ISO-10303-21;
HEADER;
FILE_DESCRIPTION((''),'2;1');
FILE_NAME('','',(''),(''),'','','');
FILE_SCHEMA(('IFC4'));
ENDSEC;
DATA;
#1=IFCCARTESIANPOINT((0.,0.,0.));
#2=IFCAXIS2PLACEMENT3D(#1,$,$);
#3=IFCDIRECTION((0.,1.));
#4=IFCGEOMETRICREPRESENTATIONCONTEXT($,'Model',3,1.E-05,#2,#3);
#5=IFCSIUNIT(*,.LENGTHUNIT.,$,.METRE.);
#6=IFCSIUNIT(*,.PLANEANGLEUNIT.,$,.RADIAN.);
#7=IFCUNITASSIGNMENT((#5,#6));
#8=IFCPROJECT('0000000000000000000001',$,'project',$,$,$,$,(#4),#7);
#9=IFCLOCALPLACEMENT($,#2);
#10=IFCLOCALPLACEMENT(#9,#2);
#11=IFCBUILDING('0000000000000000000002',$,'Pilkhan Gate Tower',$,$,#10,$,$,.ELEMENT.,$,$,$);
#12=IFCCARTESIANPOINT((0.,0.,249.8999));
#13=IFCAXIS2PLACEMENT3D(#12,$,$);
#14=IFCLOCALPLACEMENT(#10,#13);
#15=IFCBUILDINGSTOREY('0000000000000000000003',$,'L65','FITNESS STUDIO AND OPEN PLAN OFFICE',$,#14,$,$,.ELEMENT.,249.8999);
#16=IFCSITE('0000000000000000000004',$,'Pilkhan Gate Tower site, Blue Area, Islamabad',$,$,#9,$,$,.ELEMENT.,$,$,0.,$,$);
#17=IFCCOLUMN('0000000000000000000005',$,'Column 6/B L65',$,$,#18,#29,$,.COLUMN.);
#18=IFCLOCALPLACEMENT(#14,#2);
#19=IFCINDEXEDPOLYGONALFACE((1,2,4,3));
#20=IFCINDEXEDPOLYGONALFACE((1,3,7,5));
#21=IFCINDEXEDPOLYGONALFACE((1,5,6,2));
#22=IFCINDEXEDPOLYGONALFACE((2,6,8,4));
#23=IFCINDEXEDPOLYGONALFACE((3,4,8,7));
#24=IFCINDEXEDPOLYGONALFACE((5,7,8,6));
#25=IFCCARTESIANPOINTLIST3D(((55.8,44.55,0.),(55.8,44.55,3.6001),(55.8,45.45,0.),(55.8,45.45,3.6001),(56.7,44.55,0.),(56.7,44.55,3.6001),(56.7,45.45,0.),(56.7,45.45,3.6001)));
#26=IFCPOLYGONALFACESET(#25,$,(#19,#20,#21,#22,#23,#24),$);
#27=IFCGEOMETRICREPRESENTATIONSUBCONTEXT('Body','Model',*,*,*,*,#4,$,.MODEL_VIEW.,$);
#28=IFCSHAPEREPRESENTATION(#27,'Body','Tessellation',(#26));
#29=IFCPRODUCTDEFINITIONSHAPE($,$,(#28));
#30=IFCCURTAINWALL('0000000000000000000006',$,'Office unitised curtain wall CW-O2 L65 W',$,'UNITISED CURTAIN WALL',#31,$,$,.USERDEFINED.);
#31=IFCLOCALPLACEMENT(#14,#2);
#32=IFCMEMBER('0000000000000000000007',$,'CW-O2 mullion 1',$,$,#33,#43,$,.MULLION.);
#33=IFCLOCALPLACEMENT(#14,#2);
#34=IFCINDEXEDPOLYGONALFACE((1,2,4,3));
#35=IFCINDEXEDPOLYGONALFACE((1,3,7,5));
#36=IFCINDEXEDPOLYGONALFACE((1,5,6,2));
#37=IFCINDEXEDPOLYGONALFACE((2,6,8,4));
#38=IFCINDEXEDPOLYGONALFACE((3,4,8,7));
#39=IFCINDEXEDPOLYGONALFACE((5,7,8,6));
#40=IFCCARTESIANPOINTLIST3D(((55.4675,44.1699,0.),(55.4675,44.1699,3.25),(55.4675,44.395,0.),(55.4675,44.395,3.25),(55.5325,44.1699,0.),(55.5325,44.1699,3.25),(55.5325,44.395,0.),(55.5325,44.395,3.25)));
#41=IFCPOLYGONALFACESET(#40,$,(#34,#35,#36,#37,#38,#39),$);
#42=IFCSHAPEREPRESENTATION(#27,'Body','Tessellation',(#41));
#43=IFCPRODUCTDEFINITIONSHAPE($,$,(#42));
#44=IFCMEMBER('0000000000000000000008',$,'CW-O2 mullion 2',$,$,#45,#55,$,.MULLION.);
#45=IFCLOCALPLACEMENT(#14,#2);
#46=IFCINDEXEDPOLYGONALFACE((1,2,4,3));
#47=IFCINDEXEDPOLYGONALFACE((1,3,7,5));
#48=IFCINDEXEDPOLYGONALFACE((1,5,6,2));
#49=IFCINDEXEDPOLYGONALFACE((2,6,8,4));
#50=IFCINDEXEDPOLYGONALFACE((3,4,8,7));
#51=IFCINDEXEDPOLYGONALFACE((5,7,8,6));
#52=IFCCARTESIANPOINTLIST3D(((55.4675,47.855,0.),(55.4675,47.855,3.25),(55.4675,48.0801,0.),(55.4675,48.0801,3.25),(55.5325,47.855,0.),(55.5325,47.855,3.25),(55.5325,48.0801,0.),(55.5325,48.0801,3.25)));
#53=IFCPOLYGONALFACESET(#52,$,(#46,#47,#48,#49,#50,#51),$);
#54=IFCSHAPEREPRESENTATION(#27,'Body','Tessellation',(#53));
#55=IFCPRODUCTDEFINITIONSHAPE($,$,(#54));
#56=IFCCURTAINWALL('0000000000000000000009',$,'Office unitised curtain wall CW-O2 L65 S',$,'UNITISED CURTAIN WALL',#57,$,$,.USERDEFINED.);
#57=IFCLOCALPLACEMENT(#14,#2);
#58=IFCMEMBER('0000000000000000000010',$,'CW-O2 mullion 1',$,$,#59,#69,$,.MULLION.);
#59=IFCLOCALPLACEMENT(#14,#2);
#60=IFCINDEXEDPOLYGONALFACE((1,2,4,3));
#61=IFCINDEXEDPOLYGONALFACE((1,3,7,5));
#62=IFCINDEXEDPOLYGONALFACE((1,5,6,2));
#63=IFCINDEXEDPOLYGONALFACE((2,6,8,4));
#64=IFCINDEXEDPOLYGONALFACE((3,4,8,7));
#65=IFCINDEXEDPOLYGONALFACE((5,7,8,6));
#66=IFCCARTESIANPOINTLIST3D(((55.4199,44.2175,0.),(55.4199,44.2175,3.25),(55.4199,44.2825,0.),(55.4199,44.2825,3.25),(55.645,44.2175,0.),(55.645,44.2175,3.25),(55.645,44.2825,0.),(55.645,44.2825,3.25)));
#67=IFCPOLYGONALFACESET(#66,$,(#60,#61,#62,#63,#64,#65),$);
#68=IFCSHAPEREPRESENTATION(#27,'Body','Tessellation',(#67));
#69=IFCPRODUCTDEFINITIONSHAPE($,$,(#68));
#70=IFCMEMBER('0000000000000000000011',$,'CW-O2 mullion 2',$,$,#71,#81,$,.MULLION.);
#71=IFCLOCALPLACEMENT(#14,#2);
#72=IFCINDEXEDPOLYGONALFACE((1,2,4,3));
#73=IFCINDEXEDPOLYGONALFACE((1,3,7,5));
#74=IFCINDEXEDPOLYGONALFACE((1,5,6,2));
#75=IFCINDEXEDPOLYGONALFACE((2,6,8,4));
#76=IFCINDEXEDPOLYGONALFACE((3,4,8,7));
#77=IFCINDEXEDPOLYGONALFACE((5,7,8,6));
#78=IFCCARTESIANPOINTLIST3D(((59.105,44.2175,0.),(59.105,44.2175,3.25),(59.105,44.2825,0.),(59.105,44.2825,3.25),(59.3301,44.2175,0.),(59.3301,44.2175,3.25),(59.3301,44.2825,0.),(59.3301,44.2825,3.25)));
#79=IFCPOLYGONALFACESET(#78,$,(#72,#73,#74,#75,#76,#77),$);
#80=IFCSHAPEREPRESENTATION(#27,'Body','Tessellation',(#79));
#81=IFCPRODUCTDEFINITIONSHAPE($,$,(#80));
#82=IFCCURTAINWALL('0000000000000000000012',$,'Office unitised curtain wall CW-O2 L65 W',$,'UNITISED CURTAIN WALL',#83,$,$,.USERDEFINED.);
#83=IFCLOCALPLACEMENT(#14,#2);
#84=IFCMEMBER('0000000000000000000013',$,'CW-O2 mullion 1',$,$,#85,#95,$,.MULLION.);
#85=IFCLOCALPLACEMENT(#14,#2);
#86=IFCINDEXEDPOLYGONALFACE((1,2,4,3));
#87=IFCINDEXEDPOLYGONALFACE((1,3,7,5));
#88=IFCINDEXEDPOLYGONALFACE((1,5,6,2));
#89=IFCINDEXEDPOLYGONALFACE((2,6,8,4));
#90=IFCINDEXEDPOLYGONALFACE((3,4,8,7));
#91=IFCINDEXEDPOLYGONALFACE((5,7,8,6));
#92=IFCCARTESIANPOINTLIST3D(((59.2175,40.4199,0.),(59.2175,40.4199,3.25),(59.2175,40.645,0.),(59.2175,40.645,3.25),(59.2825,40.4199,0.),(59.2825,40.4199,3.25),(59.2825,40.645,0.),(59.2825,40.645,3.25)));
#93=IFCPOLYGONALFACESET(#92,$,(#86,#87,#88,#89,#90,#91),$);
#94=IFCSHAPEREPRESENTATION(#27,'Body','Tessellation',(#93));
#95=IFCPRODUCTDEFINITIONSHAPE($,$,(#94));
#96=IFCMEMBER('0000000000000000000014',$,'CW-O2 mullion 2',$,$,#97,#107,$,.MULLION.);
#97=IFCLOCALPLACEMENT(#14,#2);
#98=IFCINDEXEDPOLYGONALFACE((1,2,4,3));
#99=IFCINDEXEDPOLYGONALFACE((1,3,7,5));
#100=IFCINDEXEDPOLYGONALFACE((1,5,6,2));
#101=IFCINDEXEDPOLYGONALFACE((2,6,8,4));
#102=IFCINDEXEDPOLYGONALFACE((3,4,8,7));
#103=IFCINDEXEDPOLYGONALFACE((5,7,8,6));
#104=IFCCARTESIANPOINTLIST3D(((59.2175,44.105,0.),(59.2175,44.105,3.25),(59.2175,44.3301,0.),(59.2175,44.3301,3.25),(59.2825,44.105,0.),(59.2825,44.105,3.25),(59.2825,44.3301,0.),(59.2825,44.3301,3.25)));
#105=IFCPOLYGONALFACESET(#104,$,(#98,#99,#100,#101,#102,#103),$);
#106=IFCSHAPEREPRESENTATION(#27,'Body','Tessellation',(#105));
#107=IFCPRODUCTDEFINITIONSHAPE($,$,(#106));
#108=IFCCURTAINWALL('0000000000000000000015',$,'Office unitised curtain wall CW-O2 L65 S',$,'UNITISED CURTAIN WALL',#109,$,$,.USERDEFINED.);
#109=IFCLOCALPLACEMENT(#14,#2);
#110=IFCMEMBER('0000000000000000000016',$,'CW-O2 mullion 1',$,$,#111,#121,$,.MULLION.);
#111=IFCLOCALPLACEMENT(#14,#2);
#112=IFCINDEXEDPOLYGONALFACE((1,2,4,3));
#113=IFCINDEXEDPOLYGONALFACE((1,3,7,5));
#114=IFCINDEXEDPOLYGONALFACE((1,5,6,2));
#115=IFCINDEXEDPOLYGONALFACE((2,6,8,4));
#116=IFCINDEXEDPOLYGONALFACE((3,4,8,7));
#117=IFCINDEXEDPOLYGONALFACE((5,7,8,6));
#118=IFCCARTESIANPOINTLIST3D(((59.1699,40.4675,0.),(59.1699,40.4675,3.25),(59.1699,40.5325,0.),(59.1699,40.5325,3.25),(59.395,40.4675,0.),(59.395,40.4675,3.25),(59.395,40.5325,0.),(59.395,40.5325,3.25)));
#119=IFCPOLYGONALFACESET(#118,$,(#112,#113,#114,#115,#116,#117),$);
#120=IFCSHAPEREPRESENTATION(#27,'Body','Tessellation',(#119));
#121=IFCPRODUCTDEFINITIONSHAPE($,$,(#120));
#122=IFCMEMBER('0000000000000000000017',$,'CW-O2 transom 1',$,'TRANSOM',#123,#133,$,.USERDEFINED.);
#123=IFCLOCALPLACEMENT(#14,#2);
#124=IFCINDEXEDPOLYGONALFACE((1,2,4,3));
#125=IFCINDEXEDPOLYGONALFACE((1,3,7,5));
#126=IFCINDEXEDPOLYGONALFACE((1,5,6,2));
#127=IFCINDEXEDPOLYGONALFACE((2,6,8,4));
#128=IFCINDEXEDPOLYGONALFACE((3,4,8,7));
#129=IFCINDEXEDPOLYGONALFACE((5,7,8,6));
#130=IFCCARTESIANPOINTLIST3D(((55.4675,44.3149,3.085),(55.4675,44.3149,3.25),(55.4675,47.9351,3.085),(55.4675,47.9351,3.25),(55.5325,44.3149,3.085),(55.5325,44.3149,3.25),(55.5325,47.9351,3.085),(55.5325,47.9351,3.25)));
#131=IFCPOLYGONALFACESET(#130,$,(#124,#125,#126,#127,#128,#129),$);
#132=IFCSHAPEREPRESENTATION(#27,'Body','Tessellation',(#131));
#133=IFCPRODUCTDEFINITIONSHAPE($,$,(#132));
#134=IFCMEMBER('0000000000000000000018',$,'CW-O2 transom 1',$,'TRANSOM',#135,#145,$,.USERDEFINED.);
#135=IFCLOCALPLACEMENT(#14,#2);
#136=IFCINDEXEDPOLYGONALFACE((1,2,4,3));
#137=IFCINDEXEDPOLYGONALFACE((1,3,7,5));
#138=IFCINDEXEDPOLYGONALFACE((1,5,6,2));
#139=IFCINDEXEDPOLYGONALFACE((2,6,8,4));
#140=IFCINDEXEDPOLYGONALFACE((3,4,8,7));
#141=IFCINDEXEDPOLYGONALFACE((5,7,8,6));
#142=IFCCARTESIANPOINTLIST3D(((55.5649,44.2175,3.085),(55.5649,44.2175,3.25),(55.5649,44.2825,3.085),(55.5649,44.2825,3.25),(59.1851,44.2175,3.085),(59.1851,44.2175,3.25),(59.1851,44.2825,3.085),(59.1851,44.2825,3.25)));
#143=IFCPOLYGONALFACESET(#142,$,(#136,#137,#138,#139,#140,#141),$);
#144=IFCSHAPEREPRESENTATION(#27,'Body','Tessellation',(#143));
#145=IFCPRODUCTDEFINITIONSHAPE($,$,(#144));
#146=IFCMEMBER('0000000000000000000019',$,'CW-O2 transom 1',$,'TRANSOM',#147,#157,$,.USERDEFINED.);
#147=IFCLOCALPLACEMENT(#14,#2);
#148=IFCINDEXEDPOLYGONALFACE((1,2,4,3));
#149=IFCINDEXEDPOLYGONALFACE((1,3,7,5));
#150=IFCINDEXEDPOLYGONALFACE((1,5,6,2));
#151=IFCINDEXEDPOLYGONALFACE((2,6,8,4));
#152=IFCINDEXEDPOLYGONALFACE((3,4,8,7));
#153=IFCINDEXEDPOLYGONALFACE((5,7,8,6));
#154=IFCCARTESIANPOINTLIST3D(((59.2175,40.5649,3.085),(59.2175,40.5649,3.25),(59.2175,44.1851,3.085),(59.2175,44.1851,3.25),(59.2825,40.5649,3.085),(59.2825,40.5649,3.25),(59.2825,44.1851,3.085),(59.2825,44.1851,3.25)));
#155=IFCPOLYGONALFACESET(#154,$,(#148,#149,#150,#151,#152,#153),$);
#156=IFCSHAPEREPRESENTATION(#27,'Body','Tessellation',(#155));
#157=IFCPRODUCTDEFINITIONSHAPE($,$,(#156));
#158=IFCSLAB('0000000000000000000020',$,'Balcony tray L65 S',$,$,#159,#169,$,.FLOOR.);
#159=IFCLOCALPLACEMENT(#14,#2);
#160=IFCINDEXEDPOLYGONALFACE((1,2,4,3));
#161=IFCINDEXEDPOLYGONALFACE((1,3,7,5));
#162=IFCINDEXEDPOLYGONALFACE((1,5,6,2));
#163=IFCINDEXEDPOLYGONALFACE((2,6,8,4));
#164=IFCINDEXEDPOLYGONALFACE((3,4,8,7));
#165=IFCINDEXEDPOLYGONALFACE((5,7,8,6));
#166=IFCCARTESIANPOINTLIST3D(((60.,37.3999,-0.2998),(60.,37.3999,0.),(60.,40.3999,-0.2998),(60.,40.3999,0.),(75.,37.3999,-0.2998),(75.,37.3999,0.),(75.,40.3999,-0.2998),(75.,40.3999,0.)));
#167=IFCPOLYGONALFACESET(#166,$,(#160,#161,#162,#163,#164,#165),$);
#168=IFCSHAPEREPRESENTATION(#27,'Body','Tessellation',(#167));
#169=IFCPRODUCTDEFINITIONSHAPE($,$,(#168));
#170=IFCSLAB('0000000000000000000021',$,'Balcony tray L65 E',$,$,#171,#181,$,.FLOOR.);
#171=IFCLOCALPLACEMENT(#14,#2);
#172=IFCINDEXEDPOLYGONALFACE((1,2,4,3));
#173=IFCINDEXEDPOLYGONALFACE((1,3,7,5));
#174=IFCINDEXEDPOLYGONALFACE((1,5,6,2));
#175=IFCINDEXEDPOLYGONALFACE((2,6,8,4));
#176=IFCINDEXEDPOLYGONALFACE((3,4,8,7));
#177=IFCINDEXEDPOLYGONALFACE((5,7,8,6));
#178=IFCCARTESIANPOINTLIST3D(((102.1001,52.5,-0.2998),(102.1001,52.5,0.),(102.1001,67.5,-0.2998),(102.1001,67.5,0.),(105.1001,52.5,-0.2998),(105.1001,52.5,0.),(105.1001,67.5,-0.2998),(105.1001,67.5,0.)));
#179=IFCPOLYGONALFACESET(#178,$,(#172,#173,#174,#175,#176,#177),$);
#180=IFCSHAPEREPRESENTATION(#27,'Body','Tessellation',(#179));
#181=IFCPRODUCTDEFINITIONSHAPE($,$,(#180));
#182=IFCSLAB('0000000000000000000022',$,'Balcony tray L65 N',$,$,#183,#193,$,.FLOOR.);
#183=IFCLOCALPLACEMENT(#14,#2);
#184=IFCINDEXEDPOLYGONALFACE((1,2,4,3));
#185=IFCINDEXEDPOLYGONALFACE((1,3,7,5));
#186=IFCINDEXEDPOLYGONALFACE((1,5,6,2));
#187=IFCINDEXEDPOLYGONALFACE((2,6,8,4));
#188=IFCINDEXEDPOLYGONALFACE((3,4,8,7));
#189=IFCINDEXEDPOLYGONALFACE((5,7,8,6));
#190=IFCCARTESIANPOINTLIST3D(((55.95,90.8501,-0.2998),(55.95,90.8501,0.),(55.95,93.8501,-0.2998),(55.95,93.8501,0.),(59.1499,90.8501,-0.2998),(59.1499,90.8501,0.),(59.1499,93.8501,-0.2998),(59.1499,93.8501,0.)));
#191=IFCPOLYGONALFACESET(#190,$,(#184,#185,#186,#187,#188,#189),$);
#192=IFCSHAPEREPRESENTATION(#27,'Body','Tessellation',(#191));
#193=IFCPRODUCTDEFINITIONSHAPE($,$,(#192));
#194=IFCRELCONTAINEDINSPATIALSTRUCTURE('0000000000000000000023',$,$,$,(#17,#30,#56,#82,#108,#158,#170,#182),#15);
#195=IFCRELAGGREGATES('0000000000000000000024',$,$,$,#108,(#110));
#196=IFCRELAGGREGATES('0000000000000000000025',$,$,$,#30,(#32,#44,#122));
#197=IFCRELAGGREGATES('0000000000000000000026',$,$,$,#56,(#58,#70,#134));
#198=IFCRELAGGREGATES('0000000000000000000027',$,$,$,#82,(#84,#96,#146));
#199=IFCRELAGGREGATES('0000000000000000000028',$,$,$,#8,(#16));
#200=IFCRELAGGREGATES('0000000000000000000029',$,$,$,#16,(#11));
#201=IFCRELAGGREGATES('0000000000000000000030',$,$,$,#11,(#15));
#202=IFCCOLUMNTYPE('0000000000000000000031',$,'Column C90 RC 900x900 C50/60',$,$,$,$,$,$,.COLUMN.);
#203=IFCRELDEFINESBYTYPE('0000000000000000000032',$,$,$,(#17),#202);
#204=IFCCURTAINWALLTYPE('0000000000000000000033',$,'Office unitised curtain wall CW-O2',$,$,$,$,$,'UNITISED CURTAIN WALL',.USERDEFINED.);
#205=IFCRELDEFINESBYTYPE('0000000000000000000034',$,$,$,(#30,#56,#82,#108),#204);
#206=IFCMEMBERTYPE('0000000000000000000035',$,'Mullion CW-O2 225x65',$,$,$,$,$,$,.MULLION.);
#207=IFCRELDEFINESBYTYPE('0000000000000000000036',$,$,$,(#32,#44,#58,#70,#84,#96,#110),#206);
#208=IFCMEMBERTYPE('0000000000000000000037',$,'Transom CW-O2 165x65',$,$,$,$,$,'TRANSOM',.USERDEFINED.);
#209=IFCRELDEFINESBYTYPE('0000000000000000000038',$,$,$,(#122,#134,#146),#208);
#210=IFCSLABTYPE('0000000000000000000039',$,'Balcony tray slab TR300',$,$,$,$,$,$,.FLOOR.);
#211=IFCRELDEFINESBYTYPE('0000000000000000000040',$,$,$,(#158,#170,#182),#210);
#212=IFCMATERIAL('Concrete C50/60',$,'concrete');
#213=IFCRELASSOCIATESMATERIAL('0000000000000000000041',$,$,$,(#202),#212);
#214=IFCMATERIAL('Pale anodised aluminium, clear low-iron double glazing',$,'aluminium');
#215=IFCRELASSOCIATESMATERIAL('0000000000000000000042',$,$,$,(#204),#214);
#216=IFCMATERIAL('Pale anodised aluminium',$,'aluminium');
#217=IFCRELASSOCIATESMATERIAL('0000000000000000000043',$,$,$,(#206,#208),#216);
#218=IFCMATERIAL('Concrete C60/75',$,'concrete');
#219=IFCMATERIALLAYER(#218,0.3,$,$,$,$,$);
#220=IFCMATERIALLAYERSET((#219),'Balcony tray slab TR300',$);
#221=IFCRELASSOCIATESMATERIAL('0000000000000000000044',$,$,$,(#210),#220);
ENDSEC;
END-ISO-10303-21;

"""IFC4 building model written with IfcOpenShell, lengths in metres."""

from ifc_helpers import new_model, si_unit, direction, frame, origin, origin_2d, place, context, subcontext, project, spatial, polyline, rectangle, outline, extrude, material, layer, layer_set, material_profile, profile_set, type_object, element, aggregate, save


model = new_model("IFC4")

# Units and contexts
model_context = context("Model", 3, precision=1e-05, world=origin(), true_north=direction((0.0, 1.0)))
body_context = subcontext(model_context, "Body", "Model", "MODEL_VIEW")
ifc_project = project(units=[si_unit("LENGTHUNIT", "METRE"), si_unit("PLANEANGLEUNIT", "RADIAN")], contexts=[model_context])

# Site, building, storey
site_placement = place(None, origin())
site = spatial("IfcSite", under=ifc_project, at=site_placement, Name="Pilkhan Gate Tower site, Blue Area, Islamabad", CompositionType="ELEMENT", RefElevation=0.0)
building_placement = place(site_placement, origin())
building = spatial("IfcBuilding", under=site, at=building_placement, Name="Pilkhan Gate Tower", CompositionType="ELEMENT")
storey_placement = place(building_placement, frame((0.0, 0.0, 249.8999)))
storey = spatial("IfcBuildingStorey", under=building, at=storey_placement, Name="L65", Description="FITNESS STUDIO AND OPEN PLAN OFFICE", CompositionType="ELEMENT", Elevation=249.8999)

# Column
ifc_material_1 = material(Name="Concrete C50/60", Category="concrete")
ifc_material_profile_1 = material_profile(ifc_material_1, rectangle(XDim=0.8999, YDim=0.8999, at=origin_2d()), Name="RC 900x900")
ifc_profile_set_1 = profile_set([ifc_material_profile_1], Name="Concrete C50/60")
column_type = type_object("IfcColumnType", Name="Column C90 RC 900x900 C50/60", PredefinedType="COLUMN", material=ifc_profile_set_1)
column_placement = place(storey_placement, frame((56.25, 45.0, 0.0), z_axis=(0.0, 0.0, 1.0), x_axis=(1.0, 0.0, 0.0)))
element("IfcColumn", 1, at=column_placement, inside=storey, type_object=column_type, Name="Column 6/B L65", PredefinedType="COLUMN", context=body_context, shape_type="SweptSolid", body=[
    extrude(rectangle(XDim=0.8999, YDim=0.8999, at=origin_2d()), origin(), (0.0, 0.0, 1.0), 3.6001),
])

# Curtain walls, members
ifc_material_2 = material(Name="Pale anodised aluminium, clear low-iron double glazing", Category="aluminium")
curtain_wall_type = type_object("IfcCurtainWallType", Name="Office unitised curtain wall CW-O2", ElementType="UNITISED CURTAIN WALL", PredefinedType="USERDEFINED", material=ifc_material_2)
curtain_wall_1_placement = place(storey_placement, origin())
curtain_wall_1 = element("IfcCurtainWall", 2, at=curtain_wall_1_placement, inside=storey, type_object=curtain_wall_type, Name="Office unitised curtain wall CW-O2 L65 W", ObjectType="UNITISED CURTAIN WALL", PredefinedType="USERDEFINED")
ifc_material_3 = material(Name="Pale anodised aluminium", Category="aluminium")
ifc_material_profile_2 = material_profile(ifc_material_3, rectangle(XDim=0.0649, YDim=0.2251, at=origin_2d()), Name="Mullion 225x65")
ifc_profile_set_2 = profile_set([ifc_material_profile_2], Name="Pale anodised aluminium")
member_type_1 = type_object("IfcMemberType", Name="Mullion CW-O2 225x65", PredefinedType="MULLION", material=ifc_profile_set_2)
member_1_placement = place(storey_placement, frame((55.5, 44.2825, 0.0), z_axis=(0.0, 0.0, 1.0), x_axis=(-1.0, 0.0, 0.0)))
member_1 = element("IfcMember", 3, at=member_1_placement, type_object=member_type_1, Name="CW-O2 mullion 1", PredefinedType="MULLION", context=body_context, shape_type="SweptSolid", body=[
    extrude(rectangle(XDim=0.0649, YDim=0.2251, at=origin_2d()), origin(), (0.0, 0.0, 1.0), 3.25),
])
member_2_placement = place(storey_placement, frame((55.5, 47.9675, 0.0), z_axis=(0.0, 0.0, 1.0), x_axis=(-1.0, 0.0, 0.0)))
member_2 = element("IfcMember", 4, at=member_2_placement, type_object=member_type_1, Name="CW-O2 mullion 2", PredefinedType="MULLION", context=body_context, shape_type="SweptSolid", body=[
    extrude(rectangle(XDim=0.0649, YDim=0.2251, at=origin_2d()), origin(), (0.0, 0.0, 1.0), 3.25),
])
curtain_wall_2_placement = place(storey_placement, origin())
curtain_wall_2 = element("IfcCurtainWall", 5, at=curtain_wall_2_placement, inside=storey, type_object=curtain_wall_type, Name="Office unitised curtain wall CW-O2 L65 S", ObjectType="UNITISED CURTAIN WALL", PredefinedType="USERDEFINED")
member_3_placement = place(storey_placement, frame((55.5325, 44.25, 0.0), z_axis=(0.0, 0.0, 1.0), x_axis=(0.0, 1.0, 0.0)))
member_3 = element("IfcMember", 6, at=member_3_placement, type_object=member_type_1, Name="CW-O2 mullion 1", PredefinedType="MULLION", context=body_context, shape_type="SweptSolid", body=[
    extrude(rectangle(XDim=0.0649, YDim=0.2251, at=origin_2d()), origin(), (0.0, 0.0, 1.0), 3.25),
])
member_4_placement = place(storey_placement, frame((59.2175, 44.25, 0.0), z_axis=(0.0, 0.0, 1.0), x_axis=(0.0, 1.0, 0.0)))
member_4 = element("IfcMember", 7, at=member_4_placement, type_object=member_type_1, Name="CW-O2 mullion 2", PredefinedType="MULLION", context=body_context, shape_type="SweptSolid", body=[
    extrude(rectangle(XDim=0.0649, YDim=0.2251, at=origin_2d()), origin(), (0.0, 0.0, 1.0), 3.25),
])
curtain_wall_3_placement = place(storey_placement, origin())
curtain_wall_3 = element("IfcCurtainWall", 8, at=curtain_wall_3_placement, inside=storey, type_object=curtain_wall_type, Name="Office unitised curtain wall CW-O2 L65 W", ObjectType="UNITISED CURTAIN WALL", PredefinedType="USERDEFINED")
member_5_placement = place(storey_placement, frame((59.25, 40.5325, 0.0), z_axis=(0.0, 0.0, 1.0), x_axis=(-1.0, 0.0, 0.0)))
member_5 = element("IfcMember", 9, at=member_5_placement, type_object=member_type_1, Name="CW-O2 mullion 1", PredefinedType="MULLION", context=body_context, shape_type="SweptSolid", body=[
    extrude(rectangle(XDim=0.0649, YDim=0.2251, at=origin_2d()), origin(), (0.0, 0.0, 1.0), 3.25),
])
member_6_placement = place(storey_placement, frame((59.25, 44.2175, 0.0), z_axis=(0.0, 0.0, 1.0), x_axis=(-1.0, 0.0, 0.0)))
member_6 = element("IfcMember", 10, at=member_6_placement, type_object=member_type_1, Name="CW-O2 mullion 2", PredefinedType="MULLION", context=body_context, shape_type="SweptSolid", body=[
    extrude(rectangle(XDim=0.0649, YDim=0.2251, at=origin_2d()), origin(), (0.0, 0.0, 1.0), 3.25),
])

# Curtain wall, member
curtain_wall_4_placement = place(storey_placement, origin())
curtain_wall_4 = element("IfcCurtainWall", 11, at=curtain_wall_4_placement, inside=storey, type_object=curtain_wall_type, Name="Office unitised curtain wall CW-O2 L65 S", ObjectType="UNITISED CURTAIN WALL", PredefinedType="USERDEFINED")
member_7_placement = place(storey_placement, frame((59.2825, 40.5, 0.0), z_axis=(0.0, 0.0, 1.0), x_axis=(0.0, 1.0, 0.0)))
member_7 = element("IfcMember", 12, at=member_7_placement, type_object=member_type_1, Name="CW-O2 mullion 1", PredefinedType="MULLION", context=body_context, shape_type="SweptSolid", body=[
    extrude(rectangle(XDim=0.0649, YDim=0.2251, at=origin_2d()), origin(), (0.0, 0.0, 1.0), 3.25),
])
aggregate(curtain_wall_4, [member_7])

# Members
ifc_material_profile_3 = material_profile(ifc_material_3, rectangle(XDim=0.0649, YDim=0.165, at=origin_2d()), Name="Transom 165x65")
ifc_profile_set_3 = profile_set([ifc_material_profile_3], Name="Pale anodised aluminium")
member_type_2 = type_object("IfcMemberType", Name="Transom CW-O2 165x65", ElementType="TRANSOM", PredefinedType="USERDEFINED", material=ifc_profile_set_3)
member_8_placement = place(storey_placement, frame((55.5, 44.3149, 3.1675), z_axis=(0.0, 1.0, 0.0), x_axis=(-1.0, 0.0, 0.0)))
member_8 = element("IfcMember", 13, at=member_8_placement, type_object=member_type_2, Name="CW-O2 transom 1", ObjectType="TRANSOM", PredefinedType="USERDEFINED", context=body_context, shape_type="SweptSolid", body=[
    extrude(rectangle(XDim=0.0649, YDim=0.165, at=origin_2d()), origin(), (0.0, 0.0, 1.0), 3.6201),
])
member_9_placement = place(storey_placement, frame((55.5649, 44.25, 3.1675), z_axis=(1.0, 0.0, 0.0), x_axis=(0.0, 1.0, 0.0)))
member_9 = element("IfcMember", 14, at=member_9_placement, type_object=member_type_2, Name="CW-O2 transom 1", ObjectType="TRANSOM", PredefinedType="USERDEFINED", context=body_context, shape_type="SweptSolid", body=[
    extrude(rectangle(XDim=0.0649, YDim=0.165, at=origin_2d()), origin(), (0.0, 0.0, 1.0), 3.6201),
])
member_10_placement = place(storey_placement, frame((59.25, 40.5649, 3.1675), z_axis=(0.0, 1.0, 0.0), x_axis=(-1.0, 0.0, 0.0)))
member_10 = element("IfcMember", 15, at=member_10_placement, type_object=member_type_2, Name="CW-O2 transom 1", ObjectType="TRANSOM", PredefinedType="USERDEFINED", context=body_context, shape_type="SweptSolid", body=[
    extrude(rectangle(XDim=0.0649, YDim=0.165, at=origin_2d()), origin(), (0.0, 0.0, 1.0), 3.6201),
])

# Slabs
ifc_material_4 = material(Name="Concrete C60/75", Category="concrete")
ifc_layer_1 = layer(ifc_material_4, 0.3)
ifc_layer_set_1 = layer_set([ifc_layer_1], Name="Balcony tray slab TR300")
slab_type_1 = type_object("IfcSlabType", Name="Balcony tray slab TR300", PredefinedType="FLOOR", material=ifc_layer_set_1)
slab_1_placement = place(storey_placement, frame((0.0, 0.0, -0.2998)))
element("IfcSlab", 16, at=slab_1_placement, inside=storey, type_object=slab_type_1, Name="Balcony tray L65 S", PredefinedType="FLOOR", context=body_context, shape_type="SweptSolid", body=[
    extrude(outline(polyline([(75.0, 37.3999), (75.0, 40.3999), (60.0, 40.3999), (60.0, 37.3999), (75.0, 37.3999)])), origin(), (0.0, 0.0, 1.0), 0.2998),
])
slab_2_placement = place(storey_placement, frame((0.0, 0.0, -0.2998)))
element("IfcSlab", 17, at=slab_2_placement, inside=storey, type_object=slab_type_1, Name="Balcony tray L65 E", PredefinedType="FLOOR", context=body_context, shape_type="SweptSolid", body=[
    extrude(outline(polyline([(105.1001, 52.5), (105.1001, 67.5), (102.1001, 67.5), (102.1001, 52.5), (105.1001, 52.5)])), origin(), (0.0, 0.0, 1.0), 0.2998),
])
slab_3_placement = place(storey_placement, frame((0.0, 0.0, -0.2998)))
element("IfcSlab", 18, at=slab_3_placement, inside=storey, type_object=slab_type_1, Name="Balcony tray L65 N", PredefinedType="FLOOR", context=body_context, shape_type="SweptSolid", body=[
    extrude(outline(polyline([(59.1499, 90.8501), (59.1499, 93.8501), (55.95, 93.8501), (55.95, 90.8501), (59.1499, 90.8501)])), origin(), (0.0, 0.0, 1.0), 0.2998),
])

aggregate(curtain_wall_1, [member_1, member_2, member_8])
aggregate(curtain_wall_2, [member_3, member_4, member_9])
aggregate(curtain_wall_3, [member_5, member_6, member_10])

save(model, "model.ifc")
